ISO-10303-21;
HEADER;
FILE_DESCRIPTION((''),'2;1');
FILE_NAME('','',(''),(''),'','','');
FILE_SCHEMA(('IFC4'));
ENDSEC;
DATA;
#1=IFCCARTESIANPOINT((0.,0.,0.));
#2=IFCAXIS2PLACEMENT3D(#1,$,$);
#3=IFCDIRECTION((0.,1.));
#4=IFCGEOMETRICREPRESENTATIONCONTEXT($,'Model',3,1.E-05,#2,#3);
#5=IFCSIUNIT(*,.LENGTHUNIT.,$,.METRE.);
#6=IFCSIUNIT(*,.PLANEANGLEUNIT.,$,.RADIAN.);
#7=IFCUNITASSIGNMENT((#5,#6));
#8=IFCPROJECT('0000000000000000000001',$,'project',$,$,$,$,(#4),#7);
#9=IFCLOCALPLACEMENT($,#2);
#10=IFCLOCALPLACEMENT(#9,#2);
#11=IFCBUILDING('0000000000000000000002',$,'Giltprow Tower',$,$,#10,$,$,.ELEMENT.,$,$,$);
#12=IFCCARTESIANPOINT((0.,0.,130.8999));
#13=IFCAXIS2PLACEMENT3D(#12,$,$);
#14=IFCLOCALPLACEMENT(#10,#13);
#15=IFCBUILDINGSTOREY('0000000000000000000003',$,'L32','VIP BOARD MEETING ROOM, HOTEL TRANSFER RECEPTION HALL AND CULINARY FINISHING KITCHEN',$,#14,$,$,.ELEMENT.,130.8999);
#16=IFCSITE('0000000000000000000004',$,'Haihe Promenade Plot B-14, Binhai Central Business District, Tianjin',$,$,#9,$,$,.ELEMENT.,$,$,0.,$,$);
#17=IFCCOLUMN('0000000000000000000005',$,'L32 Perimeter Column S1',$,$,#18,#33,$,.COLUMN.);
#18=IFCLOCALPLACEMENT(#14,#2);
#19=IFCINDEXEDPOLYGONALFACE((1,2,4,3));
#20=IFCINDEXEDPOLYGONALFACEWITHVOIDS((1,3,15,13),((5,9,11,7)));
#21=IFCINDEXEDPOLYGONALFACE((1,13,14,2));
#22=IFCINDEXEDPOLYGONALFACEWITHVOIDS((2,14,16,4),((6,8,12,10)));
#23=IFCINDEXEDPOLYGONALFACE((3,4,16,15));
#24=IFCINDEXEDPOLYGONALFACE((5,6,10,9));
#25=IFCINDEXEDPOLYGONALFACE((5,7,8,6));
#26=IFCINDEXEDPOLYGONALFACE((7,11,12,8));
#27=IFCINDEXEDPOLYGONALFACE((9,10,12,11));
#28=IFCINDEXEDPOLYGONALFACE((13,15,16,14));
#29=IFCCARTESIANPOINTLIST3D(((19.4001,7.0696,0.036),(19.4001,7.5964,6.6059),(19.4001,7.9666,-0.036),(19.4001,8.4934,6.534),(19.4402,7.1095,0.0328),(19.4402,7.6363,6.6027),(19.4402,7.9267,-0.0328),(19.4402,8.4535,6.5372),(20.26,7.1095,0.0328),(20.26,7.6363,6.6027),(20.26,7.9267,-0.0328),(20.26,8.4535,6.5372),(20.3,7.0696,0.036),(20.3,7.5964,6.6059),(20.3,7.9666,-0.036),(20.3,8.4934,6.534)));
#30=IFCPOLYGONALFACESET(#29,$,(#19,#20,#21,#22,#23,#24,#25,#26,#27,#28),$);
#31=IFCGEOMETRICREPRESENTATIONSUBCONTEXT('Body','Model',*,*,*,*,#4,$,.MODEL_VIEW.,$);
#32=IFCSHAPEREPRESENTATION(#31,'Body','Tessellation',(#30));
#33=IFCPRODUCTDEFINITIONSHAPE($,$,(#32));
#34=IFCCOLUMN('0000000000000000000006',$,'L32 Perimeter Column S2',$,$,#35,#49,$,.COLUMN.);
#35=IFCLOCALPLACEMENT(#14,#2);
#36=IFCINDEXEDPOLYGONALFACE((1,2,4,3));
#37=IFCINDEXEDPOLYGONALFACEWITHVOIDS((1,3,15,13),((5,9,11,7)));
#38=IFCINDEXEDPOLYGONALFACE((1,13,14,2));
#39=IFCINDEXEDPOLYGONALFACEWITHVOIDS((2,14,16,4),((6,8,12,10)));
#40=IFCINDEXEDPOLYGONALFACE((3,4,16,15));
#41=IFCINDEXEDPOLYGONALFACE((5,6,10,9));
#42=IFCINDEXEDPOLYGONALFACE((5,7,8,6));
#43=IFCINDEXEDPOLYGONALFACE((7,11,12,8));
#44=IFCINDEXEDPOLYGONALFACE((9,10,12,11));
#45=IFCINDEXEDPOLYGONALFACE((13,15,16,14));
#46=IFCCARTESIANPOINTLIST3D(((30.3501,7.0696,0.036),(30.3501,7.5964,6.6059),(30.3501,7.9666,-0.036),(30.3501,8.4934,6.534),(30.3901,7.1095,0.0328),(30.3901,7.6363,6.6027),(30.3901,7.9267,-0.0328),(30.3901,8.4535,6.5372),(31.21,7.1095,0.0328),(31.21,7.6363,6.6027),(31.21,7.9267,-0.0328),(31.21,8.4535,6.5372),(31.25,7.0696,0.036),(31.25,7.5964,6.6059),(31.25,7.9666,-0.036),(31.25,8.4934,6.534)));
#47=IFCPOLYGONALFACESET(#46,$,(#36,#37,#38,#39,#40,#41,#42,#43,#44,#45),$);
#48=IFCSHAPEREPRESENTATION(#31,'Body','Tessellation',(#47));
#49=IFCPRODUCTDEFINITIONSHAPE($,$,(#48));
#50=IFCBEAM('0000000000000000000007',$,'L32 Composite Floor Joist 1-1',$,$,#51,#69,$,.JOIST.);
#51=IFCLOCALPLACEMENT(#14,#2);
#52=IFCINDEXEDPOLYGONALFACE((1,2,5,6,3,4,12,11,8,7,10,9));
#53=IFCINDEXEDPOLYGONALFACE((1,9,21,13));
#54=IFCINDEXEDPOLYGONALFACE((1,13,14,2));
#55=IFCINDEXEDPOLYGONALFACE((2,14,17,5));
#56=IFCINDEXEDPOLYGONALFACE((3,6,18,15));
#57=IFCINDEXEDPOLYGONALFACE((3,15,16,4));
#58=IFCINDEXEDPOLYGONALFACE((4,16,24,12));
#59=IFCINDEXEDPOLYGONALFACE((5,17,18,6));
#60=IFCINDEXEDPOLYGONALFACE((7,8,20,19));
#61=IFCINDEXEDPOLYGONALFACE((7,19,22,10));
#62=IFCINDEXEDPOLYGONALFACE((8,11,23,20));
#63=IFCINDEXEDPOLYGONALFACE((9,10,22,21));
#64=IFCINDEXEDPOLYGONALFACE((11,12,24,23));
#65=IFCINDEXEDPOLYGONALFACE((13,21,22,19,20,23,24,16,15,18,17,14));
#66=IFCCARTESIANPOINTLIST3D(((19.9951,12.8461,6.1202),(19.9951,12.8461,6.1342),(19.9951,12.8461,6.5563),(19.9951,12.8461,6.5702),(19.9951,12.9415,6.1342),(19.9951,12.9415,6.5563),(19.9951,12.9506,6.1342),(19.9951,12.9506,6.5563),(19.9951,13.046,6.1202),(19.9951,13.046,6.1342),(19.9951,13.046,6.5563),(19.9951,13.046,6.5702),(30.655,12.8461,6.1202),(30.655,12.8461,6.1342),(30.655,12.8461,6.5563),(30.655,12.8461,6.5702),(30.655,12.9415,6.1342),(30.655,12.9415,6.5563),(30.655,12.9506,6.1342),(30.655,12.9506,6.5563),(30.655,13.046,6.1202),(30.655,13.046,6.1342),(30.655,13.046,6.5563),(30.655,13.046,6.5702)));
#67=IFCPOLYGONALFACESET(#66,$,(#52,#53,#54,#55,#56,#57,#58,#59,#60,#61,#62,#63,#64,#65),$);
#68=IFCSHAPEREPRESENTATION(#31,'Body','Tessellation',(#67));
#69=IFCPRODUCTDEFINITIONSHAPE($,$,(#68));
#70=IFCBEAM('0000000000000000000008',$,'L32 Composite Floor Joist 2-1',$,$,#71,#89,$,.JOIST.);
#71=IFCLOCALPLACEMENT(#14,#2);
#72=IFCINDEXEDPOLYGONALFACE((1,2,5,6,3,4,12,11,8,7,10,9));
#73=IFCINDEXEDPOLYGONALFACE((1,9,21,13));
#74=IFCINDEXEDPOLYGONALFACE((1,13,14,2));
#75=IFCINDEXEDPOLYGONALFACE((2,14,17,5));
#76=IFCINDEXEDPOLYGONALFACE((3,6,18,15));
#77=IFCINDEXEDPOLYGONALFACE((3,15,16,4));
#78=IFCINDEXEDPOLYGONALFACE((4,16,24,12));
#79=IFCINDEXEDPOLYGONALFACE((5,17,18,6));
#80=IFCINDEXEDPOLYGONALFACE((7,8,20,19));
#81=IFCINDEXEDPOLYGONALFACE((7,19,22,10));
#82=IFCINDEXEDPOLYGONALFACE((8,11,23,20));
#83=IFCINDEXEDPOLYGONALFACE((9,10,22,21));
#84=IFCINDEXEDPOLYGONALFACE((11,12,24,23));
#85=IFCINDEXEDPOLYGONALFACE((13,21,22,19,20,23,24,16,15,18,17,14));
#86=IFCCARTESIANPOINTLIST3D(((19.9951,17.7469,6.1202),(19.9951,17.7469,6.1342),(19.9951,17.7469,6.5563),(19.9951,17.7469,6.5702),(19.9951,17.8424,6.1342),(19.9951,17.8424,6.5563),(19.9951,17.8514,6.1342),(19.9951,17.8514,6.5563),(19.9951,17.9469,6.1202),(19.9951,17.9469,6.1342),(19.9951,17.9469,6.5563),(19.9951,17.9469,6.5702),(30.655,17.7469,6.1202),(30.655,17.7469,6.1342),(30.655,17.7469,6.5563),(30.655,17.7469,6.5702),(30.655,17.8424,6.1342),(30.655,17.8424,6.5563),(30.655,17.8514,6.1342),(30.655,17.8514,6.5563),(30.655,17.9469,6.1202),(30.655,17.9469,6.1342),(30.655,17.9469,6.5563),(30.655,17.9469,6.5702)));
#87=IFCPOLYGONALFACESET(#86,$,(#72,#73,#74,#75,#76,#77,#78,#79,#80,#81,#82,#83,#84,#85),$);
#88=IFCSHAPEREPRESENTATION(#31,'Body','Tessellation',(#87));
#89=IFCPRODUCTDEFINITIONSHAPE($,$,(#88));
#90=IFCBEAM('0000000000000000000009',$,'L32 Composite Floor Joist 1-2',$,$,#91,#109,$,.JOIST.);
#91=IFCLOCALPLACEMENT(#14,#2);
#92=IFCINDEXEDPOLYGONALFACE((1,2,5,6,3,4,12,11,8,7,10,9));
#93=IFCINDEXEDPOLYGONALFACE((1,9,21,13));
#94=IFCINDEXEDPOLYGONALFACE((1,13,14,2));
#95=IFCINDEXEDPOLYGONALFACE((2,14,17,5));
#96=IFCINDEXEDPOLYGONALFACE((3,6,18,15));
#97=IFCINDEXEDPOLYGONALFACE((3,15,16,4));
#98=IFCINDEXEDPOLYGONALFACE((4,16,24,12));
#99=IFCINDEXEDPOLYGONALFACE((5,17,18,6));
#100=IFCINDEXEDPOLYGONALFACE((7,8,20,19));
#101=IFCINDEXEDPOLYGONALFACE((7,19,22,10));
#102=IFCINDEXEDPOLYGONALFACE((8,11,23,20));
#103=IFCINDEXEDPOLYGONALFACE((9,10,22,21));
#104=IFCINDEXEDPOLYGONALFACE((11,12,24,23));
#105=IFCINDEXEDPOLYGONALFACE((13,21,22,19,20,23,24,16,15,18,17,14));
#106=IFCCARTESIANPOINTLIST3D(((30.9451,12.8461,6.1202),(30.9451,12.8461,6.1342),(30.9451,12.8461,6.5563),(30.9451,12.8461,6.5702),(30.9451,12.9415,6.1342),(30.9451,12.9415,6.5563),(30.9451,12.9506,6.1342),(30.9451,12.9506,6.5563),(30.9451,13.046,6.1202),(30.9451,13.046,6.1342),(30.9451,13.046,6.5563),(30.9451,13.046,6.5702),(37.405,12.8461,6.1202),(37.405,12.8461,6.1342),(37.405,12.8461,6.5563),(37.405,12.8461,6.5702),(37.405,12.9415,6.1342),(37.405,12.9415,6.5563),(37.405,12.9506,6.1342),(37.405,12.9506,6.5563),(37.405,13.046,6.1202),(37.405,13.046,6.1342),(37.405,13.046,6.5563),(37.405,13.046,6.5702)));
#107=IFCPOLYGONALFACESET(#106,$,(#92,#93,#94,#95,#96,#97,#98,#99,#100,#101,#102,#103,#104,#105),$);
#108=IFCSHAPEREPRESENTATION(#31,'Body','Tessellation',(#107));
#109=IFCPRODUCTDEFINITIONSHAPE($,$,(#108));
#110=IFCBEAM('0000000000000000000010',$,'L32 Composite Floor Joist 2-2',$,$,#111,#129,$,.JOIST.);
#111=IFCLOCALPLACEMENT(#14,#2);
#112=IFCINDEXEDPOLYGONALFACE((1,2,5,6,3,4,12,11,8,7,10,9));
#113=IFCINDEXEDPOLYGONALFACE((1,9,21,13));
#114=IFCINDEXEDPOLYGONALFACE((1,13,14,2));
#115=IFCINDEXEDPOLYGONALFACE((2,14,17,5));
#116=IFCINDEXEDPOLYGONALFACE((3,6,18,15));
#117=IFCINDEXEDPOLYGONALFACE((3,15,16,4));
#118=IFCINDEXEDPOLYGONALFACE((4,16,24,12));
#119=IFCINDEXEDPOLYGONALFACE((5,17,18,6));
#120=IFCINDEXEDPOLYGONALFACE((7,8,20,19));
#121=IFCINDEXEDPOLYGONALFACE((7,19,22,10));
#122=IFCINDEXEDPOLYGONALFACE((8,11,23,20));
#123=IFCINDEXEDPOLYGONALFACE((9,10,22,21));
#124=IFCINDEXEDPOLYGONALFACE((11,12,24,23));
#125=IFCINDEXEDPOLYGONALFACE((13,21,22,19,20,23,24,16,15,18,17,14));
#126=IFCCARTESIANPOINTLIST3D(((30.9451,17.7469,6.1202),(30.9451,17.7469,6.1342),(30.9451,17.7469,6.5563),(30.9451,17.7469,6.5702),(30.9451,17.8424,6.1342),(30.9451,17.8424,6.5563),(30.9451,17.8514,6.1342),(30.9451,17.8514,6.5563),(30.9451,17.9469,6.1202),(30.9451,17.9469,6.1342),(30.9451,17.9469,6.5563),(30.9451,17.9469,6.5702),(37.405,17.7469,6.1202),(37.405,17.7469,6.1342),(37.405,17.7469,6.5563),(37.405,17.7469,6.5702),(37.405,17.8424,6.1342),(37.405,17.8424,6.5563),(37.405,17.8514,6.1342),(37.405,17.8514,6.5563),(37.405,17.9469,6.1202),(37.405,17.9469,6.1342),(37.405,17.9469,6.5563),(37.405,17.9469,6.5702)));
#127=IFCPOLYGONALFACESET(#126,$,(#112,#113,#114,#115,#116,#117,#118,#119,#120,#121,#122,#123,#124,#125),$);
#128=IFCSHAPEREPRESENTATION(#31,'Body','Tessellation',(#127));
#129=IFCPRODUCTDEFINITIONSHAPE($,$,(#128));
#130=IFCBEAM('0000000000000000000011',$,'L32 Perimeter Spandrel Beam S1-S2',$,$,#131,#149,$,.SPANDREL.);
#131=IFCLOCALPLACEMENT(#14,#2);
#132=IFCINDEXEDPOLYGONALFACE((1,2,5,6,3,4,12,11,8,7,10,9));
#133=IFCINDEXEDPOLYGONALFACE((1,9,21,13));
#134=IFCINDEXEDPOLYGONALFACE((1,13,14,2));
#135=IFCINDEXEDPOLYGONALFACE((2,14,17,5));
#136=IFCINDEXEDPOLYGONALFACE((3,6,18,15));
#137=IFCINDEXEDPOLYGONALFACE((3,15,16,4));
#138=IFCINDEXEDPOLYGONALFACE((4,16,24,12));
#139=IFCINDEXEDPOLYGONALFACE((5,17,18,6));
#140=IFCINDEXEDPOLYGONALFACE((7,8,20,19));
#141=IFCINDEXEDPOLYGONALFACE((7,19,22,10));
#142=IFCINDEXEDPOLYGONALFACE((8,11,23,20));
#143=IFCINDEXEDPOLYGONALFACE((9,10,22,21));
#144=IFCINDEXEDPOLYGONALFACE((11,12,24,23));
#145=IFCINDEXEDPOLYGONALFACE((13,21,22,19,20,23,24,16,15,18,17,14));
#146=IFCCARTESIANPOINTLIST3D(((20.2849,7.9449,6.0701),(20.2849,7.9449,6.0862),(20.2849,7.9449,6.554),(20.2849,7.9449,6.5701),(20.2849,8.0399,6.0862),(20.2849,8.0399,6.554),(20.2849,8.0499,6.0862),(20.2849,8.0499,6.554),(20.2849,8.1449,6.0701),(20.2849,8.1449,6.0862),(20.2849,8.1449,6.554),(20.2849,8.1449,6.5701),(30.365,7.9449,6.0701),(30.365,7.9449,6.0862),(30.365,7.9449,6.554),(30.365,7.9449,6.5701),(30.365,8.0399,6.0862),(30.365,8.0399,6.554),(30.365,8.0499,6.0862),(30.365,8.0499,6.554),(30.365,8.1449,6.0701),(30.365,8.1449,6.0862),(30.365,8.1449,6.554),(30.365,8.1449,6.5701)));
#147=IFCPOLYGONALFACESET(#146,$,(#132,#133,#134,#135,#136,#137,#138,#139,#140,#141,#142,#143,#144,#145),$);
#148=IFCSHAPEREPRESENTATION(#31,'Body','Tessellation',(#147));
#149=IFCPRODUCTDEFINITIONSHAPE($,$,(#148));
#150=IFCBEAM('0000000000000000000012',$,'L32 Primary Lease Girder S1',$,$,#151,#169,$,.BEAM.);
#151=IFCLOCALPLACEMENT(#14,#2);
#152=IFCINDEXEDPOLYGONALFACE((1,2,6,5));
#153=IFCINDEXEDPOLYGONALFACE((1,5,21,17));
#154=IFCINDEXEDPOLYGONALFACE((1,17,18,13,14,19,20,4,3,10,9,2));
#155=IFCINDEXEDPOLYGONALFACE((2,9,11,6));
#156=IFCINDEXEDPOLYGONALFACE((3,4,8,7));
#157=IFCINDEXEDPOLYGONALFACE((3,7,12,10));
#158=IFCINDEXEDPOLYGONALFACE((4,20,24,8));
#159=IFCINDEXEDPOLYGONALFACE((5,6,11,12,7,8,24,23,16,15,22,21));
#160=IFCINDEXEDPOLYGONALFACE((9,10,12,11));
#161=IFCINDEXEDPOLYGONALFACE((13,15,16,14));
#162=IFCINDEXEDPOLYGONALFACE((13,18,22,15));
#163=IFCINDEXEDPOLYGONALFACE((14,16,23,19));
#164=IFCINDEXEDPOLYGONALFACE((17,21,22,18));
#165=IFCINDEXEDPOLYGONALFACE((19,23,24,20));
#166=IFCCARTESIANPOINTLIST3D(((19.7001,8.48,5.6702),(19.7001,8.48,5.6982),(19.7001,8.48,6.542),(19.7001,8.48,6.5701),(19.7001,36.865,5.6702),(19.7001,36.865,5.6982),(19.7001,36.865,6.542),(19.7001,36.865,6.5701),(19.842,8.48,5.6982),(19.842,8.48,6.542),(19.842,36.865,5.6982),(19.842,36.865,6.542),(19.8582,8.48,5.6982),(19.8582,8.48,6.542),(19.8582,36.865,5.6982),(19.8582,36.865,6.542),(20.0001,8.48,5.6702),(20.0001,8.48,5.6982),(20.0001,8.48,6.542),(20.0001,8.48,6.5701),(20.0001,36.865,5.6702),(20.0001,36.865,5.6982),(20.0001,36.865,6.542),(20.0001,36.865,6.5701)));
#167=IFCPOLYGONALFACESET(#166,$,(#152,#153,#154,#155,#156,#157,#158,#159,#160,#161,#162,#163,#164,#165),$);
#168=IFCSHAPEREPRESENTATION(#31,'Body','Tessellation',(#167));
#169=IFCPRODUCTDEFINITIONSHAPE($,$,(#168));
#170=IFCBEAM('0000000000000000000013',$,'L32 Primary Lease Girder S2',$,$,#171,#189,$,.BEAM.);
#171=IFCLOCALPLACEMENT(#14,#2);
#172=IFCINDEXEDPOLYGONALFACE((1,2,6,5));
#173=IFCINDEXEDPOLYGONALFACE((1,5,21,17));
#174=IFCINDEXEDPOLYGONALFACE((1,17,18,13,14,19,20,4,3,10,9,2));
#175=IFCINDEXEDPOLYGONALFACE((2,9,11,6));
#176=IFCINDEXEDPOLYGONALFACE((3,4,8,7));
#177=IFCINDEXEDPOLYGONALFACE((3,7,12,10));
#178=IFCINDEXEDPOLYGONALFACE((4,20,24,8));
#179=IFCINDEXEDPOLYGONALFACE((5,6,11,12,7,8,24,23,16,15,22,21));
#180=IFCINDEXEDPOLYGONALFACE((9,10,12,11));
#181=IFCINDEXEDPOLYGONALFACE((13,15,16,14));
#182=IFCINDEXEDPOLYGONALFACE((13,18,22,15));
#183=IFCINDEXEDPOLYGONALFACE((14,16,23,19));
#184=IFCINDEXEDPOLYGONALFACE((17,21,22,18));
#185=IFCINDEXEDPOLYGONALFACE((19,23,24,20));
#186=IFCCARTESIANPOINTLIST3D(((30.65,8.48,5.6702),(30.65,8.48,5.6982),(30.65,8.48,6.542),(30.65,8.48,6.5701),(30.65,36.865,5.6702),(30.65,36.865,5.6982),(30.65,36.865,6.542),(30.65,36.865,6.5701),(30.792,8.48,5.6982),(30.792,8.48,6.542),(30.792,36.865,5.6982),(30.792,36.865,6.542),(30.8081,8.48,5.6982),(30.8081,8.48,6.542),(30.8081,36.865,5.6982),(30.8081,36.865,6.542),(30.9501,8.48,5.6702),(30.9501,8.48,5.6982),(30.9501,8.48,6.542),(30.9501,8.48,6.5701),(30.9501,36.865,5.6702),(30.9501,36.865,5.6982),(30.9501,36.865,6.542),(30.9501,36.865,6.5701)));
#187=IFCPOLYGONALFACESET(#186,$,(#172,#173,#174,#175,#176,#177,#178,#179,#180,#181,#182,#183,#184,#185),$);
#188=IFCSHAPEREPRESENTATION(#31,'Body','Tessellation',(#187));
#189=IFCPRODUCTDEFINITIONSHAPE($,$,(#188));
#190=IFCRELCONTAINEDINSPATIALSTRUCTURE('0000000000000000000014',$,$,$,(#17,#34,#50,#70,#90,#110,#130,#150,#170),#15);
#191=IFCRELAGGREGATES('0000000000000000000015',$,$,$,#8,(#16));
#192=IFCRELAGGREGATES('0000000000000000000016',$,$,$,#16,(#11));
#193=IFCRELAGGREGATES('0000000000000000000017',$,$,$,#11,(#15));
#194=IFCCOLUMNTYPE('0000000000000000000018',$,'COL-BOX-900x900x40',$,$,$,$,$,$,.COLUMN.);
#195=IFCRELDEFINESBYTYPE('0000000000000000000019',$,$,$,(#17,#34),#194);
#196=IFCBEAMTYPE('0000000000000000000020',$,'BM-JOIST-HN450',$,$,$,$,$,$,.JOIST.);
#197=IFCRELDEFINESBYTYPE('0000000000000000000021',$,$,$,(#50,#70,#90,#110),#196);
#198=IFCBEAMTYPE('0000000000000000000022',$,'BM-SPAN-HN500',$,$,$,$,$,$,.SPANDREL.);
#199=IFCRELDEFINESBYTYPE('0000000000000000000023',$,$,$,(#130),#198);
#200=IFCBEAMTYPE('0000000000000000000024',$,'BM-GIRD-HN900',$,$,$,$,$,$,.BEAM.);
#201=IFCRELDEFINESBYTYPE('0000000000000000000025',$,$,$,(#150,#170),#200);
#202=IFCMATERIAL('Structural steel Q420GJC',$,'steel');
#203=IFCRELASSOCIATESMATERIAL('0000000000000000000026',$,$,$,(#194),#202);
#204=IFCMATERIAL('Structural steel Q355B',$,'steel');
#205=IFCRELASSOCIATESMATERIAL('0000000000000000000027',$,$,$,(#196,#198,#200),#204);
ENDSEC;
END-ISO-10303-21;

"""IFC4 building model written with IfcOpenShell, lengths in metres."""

from ifc_helpers import new_model, si_unit, direction, frame, origin, origin_2d, place, context, subcontext, project, spatial, hollow_rectangle, i_section, extrude, source, transform, mapped, material, material_profile, profile_set, type_object, element, save


model = new_model("IFC4")

# Units and contexts
model_context = context("Model", 3, precision=1e-05, world=origin(), true_north=direction((0.0, 1.0)))
body_context = subcontext(model_context, "Body", "Model", "MODEL_VIEW")
ifc_project = project(units=[si_unit("LENGTHUNIT", "METRE"), si_unit("PLANEANGLEUNIT", "RADIAN")], contexts=[model_context])

# Site, building, storey
site_placement = place(None, origin())
site = spatial("IfcSite", under=ifc_project, at=site_placement, Name="Haihe Promenade Plot B-14, Binhai Central Business District, Tianjin", CompositionType="ELEMENT", RefElevation=0.0)
building_placement = place(site_placement, origin())
building = spatial("IfcBuilding", under=site, at=building_placement, Name="Giltprow Tower", CompositionType="ELEMENT")
storey_placement = place(building_placement, frame((0.0, 0.0, 130.8999)))
storey = spatial("IfcBuildingStorey", under=building, at=storey_placement, Name="L32", Description="VIP BOARD MEETING ROOM, HOTEL TRANSFER RECEPTION HALL AND CULINARY FINISHING KITCHEN", CompositionType="ELEMENT", Elevation=130.8999)

# Columns
ifc_material_1 = material(Name="Structural steel Q420GJC", Category="steel")
ifc_material_profile_1 = material_profile(ifc_material_1, hollow_rectangle(XDim=0.8999, YDim=0.8999, WallThickness=0.04, at=origin_2d()), Name="BOX 900x900x40")
ifc_profile_set_1 = profile_set([ifc_material_profile_1], Name="Structural steel Q420GJC")
column_type = type_object("IfcColumnType", Name="COL-BOX-900x900x40", PredefinedType="COLUMN", material=ifc_profile_set_1)
shared_shape_1 = source(origin(), body_context, "Body", "SweptSolid", [
    extrude(hollow_rectangle(XDim=0.8999, YDim=0.8999, WallThickness=0.04, at=origin_2d()), origin(), (0.0, 0.0, 1.0), 6.5911),
])
for number, where, z_axis, x_axis, name in (
    (1, (19.8501, 7.5181, 0.0), (0.0, 0.079934, 0.9968), (-1.0, 0.0, 0.0), "L32 Perimeter Column S1"),
    (2, (30.8, 7.5181, 0.0), (0.0, 0.079934, 0.9968), (-1.0, 0.0, 0.0), "L32 Perimeter Column S2"),
):
    element("IfcColumn", number, at=place(storey_placement, frame(where, z_axis=z_axis, x_axis=x_axis)), inside=storey, type_object=column_type, Name=name, PredefinedType="COLUMN", context=body_context, shape_type="MappedRepresentation", body=[
        mapped(shared_shape_1, transform((0.0, 0.0, 0.0), x_axis=(1.0, 0.0, 0.0), y_axis=(0.0, 1.0, 0.0), z_axis=(0.0, 0.0, 1.0), scale=1.0)),
    ])

# Beams
ifc_material_2 = material(Name="Structural steel Q355B", Category="steel")
ifc_material_profile_2 = material_profile(ifc_material_2, i_section(OverallWidth=0.2, OverallDepth=0.45, WebThickness=0.009, FlangeThickness=0.0139, at=origin_2d()), Name="HN 450x200x9x14")
ifc_profile_set_2 = profile_set([ifc_material_profile_2], Name="Structural steel Q355B")
beam_type_1 = type_object("IfcBeamType", Name="BM-JOIST-HN450", PredefinedType="JOIST", material=ifc_profile_set_2)
shared_shape_2 = source(origin(), body_context, "Body", "SweptSolid", [
    extrude(i_section(OverallWidth=0.2, OverallDepth=0.45, WebThickness=0.009, FlangeThickness=0.0139, at=origin_2d()), origin(), (0.0, 0.0, 1.0), 10.6599),
])
for number, where, z_axis, x_axis, name in (
    (3, (19.9951, 12.946, 6.3452), (1.0, 0.0, 0.0), (0.0, 1.0, 0.0), "L32 Composite Floor Joist 1-1"),
    (4, (19.9951, 17.8469, 6.3452), (1.0, 0.0, 0.0), (0.0, 1.0, 0.0), "L32 Composite Floor Joist 2-1"),
):
    element("IfcBeam", number, at=place(storey_placement, frame(where, z_axis=z_axis, x_axis=x_axis)), inside=storey, type_object=beam_type_1, Name=name, PredefinedType="JOIST", context=body_context, shape_type="MappedRepresentation", body=[
        mapped(shared_shape_2, transform((0.0, 0.0, 0.0), x_axis=(1.0, 0.0, 0.0), y_axis=(0.0, 1.0, 0.0), z_axis=(0.0, 0.0, 1.0), scale=1.0)),
    ])
shared_shape_3 = source(origin(), body_context, "Body", "SweptSolid", [
    extrude(i_section(OverallWidth=0.2, OverallDepth=0.45, WebThickness=0.009, FlangeThickness=0.0139, at=origin_2d()), origin(), (0.0, 0.0, 1.0), 6.46),
])
for number, where, z_axis, x_axis, name in (
    (5, (30.9451, 12.946, 6.3452), (1.0, 0.0, 0.0), (0.0, 1.0, 0.0), "L32 Composite Floor Joist 1-2"),
    (6, (30.9451, 17.8469, 6.3452), (1.0, 0.0, 0.0), (0.0, 1.0, 0.0), "L32 Composite Floor Joist 2-2"),
):
    element("IfcBeam", number, at=place(storey_placement, frame(where, z_axis=z_axis, x_axis=x_axis)), inside=storey, type_object=beam_type_1, Name=name, PredefinedType="JOIST", context=body_context, shape_type="MappedRepresentation", body=[
        mapped(shared_shape_3, transform((0.0, 0.0, 0.0), x_axis=(1.0, 0.0, 0.0), y_axis=(0.0, 1.0, 0.0), z_axis=(0.0, 0.0, 1.0), scale=1.0)),
    ])
ifc_material_profile_3 = material_profile(ifc_material_2, i_section(OverallWidth=0.2, OverallDepth=0.5, WebThickness=0.01, FlangeThickness=0.0161, at=origin_2d()), Name="HN 500x200x10x16")
ifc_profile_set_3 = profile_set([ifc_material_profile_3], Name="Structural steel Q355B")
beam_type_2 = type_object("IfcBeamType", Name="BM-SPAN-HN500", PredefinedType="SPANDREL", material=ifc_profile_set_3)
shared_shape_4 = source(origin(), body_context, "Body", "SweptSolid", [
    extrude(i_section(OverallWidth=0.2, OverallDepth=0.5, WebThickness=0.01, FlangeThickness=0.0161, at=origin_2d()), origin(), (0.0, 0.0, 1.0), 10.0801),
])
beam_placement = place(storey_placement, frame((20.2849, 8.0449, 6.3201), z_axis=(1.0, 0.0, 0.0), x_axis=(0.0, 1.0, 0.0)))
element("IfcBeam", 7, at=beam_placement, inside=storey, type_object=beam_type_2, Name="L32 Perimeter Spandrel Beam S1-S2", PredefinedType="SPANDREL", context=body_context, shape_type="MappedRepresentation", body=[
    mapped(shared_shape_4, transform((0.0, 0.0, 0.0), x_axis=(1.0, 0.0, 0.0), y_axis=(0.0, 1.0, 0.0), z_axis=(0.0, 0.0, 1.0), scale=1.0)),
])
ifc_material_profile_4 = material_profile(ifc_material_2, i_section(OverallWidth=0.3, OverallDepth=0.8999, WebThickness=0.0161, FlangeThickness=0.0281, at=origin_2d()), Name="HN 900x300x16x28")
ifc_profile_set_4 = profile_set([ifc_material_profile_4], Name="Structural steel Q355B")
beam_type_3 = type_object("IfcBeamType", Name="BM-GIRD-HN900", PredefinedType="BEAM", material=ifc_profile_set_4)
shared_shape_5 = source(origin(), body_context, "Body", "SweptSolid", [
    extrude(i_section(OverallWidth=0.3, OverallDepth=0.8999, WebThickness=0.0161, FlangeThickness=0.0281, at=origin_2d()), origin(), (0.0, 0.0, 1.0), 28.385),
])
for number, where, z_axis, x_axis, name in (
    (8, (19.8501, 8.48, 6.1201), (0.0, 1.0, 0.0), (-1.0, 0.0, 0.0), "L32 Primary Lease Girder S1"),
    (9, (30.8, 8.48, 6.1201), (0.0, 1.0, 0.0), (-1.0, 0.0, 0.0), "L32 Primary Lease Girder S2"),
):
    element("IfcBeam", number, at=place(storey_placement, frame(where, z_axis=z_axis, x_axis=x_axis)), inside=storey, type_object=beam_type_3, Name=name, PredefinedType="BEAM", context=body_context, shape_type="MappedRepresentation", body=[
        mapped(shared_shape_5, transform((0.0, 0.0, 0.0), x_axis=(1.0, 0.0, 0.0), y_axis=(0.0, 1.0, 0.0), z_axis=(0.0, 0.0, 1.0), scale=1.0)),
    ])

save(model, "model.ifc")
